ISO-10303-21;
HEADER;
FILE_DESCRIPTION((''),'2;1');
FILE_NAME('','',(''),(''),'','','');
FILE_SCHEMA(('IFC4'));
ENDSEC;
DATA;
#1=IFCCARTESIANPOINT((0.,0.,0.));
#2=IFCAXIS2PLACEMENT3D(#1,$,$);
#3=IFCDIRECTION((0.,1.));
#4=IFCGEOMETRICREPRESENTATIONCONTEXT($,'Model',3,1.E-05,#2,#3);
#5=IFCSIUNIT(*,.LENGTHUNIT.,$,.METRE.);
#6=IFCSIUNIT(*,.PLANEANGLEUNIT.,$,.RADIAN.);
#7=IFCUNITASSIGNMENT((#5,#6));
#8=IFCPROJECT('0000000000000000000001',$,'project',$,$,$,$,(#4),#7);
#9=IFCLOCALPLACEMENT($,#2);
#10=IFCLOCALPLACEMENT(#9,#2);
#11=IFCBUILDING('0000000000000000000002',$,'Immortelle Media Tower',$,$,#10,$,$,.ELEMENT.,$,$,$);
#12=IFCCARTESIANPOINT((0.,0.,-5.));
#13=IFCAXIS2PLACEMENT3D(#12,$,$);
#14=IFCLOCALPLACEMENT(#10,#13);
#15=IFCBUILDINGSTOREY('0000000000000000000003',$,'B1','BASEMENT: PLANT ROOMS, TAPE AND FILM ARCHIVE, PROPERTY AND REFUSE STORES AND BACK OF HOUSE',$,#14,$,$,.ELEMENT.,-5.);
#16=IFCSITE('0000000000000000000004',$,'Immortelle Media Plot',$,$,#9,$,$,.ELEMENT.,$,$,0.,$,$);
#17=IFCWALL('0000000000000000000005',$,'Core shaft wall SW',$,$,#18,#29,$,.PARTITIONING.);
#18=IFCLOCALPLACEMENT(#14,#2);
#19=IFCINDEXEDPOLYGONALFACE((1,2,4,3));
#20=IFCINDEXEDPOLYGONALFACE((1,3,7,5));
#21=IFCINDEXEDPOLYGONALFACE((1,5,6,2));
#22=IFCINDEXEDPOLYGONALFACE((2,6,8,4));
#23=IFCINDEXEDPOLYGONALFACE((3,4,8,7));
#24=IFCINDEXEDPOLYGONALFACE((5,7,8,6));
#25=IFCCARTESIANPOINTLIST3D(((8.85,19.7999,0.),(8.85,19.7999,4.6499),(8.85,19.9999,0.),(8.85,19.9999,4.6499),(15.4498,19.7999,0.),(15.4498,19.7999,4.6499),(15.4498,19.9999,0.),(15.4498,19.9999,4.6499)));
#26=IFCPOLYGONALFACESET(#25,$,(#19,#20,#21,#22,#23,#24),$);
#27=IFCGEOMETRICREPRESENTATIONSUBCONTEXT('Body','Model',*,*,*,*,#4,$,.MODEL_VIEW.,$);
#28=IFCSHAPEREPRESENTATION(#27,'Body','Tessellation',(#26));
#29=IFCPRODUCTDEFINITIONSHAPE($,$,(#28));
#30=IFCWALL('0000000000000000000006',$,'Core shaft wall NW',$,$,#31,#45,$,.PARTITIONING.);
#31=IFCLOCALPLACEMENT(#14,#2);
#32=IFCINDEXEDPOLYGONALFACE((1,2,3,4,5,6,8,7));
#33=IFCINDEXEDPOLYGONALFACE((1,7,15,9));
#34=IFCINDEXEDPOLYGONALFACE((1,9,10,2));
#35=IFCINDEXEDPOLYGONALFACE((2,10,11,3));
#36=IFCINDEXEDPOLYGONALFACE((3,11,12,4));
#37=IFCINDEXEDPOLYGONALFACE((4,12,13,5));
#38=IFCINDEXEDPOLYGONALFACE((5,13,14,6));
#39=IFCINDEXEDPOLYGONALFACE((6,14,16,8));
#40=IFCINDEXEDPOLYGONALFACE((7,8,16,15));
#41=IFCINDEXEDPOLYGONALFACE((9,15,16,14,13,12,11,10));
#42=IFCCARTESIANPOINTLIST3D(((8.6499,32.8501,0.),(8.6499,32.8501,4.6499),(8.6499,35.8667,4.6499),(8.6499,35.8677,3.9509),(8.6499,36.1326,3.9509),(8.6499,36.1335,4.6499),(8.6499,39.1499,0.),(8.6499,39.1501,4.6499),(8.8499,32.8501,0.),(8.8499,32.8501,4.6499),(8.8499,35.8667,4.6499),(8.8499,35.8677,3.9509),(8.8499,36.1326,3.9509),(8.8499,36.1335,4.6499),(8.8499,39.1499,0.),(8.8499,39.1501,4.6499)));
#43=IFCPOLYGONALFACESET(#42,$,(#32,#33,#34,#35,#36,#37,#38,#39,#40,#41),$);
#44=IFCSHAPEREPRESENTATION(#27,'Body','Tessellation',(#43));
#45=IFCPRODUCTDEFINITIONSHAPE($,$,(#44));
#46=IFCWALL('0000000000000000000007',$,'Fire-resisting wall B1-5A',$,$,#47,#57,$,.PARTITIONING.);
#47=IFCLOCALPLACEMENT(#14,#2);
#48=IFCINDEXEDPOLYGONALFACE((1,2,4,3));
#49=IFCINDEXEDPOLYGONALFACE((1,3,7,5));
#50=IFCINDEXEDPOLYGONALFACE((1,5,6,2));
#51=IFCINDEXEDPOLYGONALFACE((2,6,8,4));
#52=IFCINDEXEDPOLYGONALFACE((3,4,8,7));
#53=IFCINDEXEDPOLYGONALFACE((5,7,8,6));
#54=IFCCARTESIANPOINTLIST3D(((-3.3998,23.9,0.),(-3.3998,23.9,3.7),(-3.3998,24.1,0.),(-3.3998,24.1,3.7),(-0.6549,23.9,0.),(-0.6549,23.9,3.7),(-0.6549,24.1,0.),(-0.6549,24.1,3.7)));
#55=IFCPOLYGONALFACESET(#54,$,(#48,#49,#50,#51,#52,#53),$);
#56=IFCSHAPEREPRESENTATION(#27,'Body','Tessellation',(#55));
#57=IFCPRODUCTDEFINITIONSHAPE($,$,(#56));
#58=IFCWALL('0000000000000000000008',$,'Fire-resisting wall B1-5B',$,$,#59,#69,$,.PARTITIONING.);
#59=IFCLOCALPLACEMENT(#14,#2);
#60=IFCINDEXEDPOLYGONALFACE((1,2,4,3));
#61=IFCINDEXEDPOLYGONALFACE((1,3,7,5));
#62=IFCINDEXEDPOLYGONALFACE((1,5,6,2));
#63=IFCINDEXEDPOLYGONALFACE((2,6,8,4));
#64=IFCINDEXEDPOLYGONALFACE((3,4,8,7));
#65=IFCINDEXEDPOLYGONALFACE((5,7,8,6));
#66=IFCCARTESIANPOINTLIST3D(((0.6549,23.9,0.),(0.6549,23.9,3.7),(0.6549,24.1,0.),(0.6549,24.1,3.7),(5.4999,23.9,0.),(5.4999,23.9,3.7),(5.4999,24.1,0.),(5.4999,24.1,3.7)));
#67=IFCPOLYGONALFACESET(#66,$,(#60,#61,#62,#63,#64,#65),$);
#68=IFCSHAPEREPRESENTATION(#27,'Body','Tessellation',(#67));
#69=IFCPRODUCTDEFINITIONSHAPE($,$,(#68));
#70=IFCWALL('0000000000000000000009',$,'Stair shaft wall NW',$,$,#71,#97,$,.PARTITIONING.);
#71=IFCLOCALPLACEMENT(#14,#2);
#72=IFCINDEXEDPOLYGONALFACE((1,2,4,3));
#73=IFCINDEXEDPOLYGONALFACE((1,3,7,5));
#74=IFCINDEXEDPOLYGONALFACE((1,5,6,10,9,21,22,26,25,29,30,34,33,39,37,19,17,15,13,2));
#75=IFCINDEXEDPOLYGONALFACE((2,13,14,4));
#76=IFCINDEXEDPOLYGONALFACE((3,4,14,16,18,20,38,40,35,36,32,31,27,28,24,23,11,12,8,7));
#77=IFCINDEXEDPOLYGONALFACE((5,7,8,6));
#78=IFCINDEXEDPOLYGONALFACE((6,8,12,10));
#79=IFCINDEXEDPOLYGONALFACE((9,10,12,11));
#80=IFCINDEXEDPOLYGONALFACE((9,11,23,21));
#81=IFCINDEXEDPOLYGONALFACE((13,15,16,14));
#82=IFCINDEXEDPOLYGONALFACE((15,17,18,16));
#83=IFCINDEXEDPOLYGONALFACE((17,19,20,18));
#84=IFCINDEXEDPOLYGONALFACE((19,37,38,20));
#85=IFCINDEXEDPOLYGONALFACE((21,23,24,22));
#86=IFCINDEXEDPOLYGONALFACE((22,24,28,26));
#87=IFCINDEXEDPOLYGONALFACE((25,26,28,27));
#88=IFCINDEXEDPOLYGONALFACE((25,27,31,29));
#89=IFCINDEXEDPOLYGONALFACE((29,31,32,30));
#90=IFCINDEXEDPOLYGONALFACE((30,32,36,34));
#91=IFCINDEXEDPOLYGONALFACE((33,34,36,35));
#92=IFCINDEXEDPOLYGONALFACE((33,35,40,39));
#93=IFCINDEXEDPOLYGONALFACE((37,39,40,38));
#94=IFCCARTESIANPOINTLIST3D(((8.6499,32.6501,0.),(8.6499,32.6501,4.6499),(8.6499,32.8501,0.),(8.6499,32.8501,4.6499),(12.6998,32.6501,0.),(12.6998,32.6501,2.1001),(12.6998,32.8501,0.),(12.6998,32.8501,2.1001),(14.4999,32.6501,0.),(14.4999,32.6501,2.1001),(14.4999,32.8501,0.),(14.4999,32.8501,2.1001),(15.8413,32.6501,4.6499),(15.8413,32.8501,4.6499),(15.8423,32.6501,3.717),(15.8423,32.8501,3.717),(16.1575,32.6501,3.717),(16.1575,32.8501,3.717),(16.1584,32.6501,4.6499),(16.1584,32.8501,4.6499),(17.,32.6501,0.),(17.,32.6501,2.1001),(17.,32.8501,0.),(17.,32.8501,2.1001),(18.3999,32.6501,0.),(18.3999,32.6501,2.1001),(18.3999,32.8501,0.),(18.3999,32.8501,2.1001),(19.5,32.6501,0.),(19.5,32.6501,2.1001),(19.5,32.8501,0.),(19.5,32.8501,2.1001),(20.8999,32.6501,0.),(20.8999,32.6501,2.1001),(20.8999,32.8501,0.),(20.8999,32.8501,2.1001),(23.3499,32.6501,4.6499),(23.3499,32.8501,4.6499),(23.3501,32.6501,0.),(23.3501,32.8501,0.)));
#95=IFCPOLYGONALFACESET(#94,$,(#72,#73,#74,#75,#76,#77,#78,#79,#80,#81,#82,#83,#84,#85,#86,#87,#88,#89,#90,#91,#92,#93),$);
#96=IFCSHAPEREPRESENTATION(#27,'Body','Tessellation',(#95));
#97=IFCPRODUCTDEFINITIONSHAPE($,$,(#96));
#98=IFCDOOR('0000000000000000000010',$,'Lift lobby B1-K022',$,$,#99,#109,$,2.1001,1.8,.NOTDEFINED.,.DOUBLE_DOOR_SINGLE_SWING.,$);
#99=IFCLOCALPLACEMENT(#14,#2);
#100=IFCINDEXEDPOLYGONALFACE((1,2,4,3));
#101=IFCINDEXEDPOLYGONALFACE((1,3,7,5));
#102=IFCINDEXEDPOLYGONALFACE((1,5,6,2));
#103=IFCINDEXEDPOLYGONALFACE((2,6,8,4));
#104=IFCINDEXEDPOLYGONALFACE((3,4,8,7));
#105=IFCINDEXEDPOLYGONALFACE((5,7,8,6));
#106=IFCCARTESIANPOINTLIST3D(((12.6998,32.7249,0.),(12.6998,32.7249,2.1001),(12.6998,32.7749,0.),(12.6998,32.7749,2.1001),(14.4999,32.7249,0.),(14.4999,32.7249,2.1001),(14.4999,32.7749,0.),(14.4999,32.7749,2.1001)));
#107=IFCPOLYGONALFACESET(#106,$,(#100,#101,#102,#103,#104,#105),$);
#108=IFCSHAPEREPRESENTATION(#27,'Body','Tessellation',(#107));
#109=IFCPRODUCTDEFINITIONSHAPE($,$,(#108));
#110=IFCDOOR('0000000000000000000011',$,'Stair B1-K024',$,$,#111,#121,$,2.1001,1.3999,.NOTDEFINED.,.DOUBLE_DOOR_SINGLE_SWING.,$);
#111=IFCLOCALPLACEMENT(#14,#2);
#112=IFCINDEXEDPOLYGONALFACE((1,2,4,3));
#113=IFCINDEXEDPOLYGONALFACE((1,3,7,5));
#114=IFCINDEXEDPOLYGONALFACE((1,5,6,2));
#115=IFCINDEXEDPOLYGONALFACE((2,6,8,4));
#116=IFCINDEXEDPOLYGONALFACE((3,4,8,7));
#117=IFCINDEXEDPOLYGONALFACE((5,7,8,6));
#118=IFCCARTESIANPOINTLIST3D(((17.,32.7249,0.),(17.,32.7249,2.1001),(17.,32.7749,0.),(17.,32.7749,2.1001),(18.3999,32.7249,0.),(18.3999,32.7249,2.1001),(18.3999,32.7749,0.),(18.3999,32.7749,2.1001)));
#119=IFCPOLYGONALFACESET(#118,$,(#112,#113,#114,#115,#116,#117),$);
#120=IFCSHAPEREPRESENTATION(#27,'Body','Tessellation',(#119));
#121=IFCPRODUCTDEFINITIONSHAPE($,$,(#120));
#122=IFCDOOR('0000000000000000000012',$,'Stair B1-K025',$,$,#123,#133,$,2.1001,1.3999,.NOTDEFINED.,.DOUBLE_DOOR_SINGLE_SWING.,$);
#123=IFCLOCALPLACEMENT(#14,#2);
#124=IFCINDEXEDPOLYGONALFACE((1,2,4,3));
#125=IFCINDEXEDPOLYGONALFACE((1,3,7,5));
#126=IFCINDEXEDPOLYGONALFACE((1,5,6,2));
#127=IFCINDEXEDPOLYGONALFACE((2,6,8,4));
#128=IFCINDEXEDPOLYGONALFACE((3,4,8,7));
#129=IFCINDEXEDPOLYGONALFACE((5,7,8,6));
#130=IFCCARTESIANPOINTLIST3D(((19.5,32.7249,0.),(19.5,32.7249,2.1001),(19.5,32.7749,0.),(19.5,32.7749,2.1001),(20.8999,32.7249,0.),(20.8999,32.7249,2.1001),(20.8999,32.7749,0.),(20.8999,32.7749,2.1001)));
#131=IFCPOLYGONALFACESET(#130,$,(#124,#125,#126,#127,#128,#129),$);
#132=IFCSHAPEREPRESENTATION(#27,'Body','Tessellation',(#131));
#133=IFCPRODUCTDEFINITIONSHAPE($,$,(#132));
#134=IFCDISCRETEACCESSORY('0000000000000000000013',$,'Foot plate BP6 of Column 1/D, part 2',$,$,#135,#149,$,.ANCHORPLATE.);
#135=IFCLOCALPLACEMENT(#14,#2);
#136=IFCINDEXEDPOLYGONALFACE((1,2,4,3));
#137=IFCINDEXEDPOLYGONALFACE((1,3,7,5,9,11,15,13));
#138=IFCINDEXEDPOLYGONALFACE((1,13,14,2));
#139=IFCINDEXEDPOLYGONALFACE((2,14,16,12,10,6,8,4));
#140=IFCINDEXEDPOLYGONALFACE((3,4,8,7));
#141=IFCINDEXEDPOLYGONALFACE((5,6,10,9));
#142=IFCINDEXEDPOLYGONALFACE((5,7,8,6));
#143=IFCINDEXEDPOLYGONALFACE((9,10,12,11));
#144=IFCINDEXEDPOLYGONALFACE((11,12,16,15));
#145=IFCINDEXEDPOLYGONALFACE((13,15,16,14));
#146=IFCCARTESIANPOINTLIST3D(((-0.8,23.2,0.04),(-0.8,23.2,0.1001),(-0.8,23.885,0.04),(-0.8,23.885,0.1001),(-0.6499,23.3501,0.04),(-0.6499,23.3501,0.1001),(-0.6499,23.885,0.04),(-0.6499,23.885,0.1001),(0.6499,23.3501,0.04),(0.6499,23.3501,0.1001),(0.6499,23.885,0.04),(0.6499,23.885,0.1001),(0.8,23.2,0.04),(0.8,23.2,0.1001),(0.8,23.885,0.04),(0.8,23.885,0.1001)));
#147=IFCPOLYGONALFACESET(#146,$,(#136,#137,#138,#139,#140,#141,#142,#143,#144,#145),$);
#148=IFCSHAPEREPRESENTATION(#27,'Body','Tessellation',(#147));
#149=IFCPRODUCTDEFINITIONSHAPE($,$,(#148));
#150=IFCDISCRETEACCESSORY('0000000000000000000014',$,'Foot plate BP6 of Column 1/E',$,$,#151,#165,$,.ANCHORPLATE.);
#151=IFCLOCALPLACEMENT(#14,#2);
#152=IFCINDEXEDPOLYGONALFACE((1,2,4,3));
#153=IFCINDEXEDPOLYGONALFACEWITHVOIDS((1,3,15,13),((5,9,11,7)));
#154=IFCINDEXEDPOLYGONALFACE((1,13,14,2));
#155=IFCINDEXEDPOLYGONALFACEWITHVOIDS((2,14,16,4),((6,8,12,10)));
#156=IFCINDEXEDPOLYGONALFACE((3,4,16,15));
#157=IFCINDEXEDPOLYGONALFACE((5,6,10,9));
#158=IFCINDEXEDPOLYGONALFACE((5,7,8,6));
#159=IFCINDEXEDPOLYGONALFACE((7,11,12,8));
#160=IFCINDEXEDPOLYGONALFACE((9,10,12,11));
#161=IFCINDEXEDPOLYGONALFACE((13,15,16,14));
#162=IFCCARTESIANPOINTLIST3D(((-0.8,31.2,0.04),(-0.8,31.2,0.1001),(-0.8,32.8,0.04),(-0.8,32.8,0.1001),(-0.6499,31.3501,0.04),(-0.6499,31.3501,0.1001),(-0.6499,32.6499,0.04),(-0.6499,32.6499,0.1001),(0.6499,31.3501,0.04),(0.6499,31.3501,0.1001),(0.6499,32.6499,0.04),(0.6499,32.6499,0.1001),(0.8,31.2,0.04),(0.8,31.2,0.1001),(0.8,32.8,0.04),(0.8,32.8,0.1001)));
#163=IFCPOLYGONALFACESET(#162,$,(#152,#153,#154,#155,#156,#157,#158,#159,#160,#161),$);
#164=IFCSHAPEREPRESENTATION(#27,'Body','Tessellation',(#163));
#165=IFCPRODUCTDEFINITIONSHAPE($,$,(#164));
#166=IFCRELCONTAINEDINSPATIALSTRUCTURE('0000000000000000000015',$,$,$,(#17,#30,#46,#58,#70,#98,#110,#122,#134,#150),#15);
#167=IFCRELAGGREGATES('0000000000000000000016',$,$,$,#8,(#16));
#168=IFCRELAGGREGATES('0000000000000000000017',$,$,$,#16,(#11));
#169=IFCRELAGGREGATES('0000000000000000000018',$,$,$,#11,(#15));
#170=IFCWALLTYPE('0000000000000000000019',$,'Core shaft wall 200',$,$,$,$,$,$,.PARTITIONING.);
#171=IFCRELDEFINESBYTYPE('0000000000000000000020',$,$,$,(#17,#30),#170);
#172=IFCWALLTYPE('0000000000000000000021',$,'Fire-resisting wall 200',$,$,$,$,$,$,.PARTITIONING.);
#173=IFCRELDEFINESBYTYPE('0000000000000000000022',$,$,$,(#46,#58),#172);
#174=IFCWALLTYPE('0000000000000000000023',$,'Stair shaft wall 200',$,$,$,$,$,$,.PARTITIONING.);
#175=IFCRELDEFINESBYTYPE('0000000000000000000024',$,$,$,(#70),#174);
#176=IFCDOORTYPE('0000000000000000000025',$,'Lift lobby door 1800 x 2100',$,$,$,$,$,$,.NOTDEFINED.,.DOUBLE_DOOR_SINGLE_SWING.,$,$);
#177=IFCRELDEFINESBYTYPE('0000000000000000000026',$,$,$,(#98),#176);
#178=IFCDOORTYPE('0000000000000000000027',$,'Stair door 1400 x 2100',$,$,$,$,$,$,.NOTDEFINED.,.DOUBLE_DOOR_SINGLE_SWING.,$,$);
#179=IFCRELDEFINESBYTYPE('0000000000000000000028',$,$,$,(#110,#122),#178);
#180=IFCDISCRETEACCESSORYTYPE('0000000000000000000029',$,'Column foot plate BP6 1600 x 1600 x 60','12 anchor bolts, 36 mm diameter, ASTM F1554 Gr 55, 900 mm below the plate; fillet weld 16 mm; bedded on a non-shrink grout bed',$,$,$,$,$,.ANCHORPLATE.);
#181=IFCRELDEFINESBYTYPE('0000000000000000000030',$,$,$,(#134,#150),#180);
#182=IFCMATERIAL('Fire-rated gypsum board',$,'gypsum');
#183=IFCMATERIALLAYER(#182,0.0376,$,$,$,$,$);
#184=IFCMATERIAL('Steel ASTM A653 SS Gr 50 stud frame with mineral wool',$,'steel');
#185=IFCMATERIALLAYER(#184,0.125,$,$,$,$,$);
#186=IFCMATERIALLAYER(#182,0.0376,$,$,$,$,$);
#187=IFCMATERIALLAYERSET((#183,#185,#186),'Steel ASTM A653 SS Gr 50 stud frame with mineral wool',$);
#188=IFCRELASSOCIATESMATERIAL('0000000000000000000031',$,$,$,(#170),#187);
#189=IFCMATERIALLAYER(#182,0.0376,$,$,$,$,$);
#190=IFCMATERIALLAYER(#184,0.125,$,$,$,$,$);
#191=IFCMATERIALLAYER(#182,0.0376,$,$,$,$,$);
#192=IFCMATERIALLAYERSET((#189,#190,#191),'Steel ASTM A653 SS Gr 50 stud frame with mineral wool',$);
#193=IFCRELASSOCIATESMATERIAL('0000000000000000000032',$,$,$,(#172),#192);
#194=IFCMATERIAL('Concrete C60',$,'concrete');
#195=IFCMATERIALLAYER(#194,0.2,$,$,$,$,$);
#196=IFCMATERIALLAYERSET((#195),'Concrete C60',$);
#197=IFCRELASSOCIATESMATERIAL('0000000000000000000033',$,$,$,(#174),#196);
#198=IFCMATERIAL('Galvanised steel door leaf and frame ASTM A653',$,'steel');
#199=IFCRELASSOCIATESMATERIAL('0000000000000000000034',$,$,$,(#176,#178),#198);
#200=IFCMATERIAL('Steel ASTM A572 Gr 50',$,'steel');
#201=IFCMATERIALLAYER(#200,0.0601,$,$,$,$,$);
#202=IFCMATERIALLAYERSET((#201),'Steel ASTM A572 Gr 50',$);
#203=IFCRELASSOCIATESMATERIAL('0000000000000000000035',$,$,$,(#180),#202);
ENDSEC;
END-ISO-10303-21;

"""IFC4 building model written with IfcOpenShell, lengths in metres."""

from ifc_helpers import new_model, si_unit, direction, frame, frame_2d, origin, place, context, subcontext, project, spatial, polyline, rectangle, outline, extrude, material, layer, layer_set, type_object, element, fill, save


model = new_model("IFC4")

# Units and contexts
model_context = context("Model", 3, precision=1e-05, world=origin(), true_north=direction((0.0, 1.0)))
body_context = subcontext(model_context, "Body", "Model", "MODEL_VIEW")
ifc_project = project(units=[si_unit("LENGTHUNIT", "METRE"), si_unit("PLANEANGLEUNIT", "RADIAN")], contexts=[model_context])

# Site, building, storey
site_placement = place(None, origin())
site = spatial("IfcSite", under=ifc_project, at=site_placement, Name="Immortelle Media Plot", CompositionType="ELEMENT", RefElevation=0.0)
building_placement = place(site_placement, origin())
building = spatial("IfcBuilding", under=site, at=building_placement, Name="Immortelle Media Tower", CompositionType="ELEMENT")
storey_placement = place(building_placement, frame((0.0, 0.0, -5.0)))
storey = spatial("IfcBuildingStorey", under=building, at=storey_placement, Name="B1", Description="BASEMENT: PLANT ROOMS, TAPE AND FILM ARCHIVE, PROPERTY AND REFUSE STORES AND BACK OF HOUSE", CompositionType="ELEMENT", Elevation=-5.0)

# Shared definitions
ifc_material_1 = material(Name="Concrete C60", Category="concrete")

# Shared definitions
ifc_material_2 = material(Name="Steel ASTM A572 Gr 50", Category="steel")

# Walls
ifc_material_3 = material(Name="Fire-rated gypsum board", Category="gypsum")
ifc_layer_1 = layer(ifc_material_3, 0.0376)
ifc_material_4 = material(Name="Steel ASTM A653 SS Gr 50 stud frame with mineral wool", Category="steel")
ifc_layer_2 = layer(ifc_material_4, 0.125)
ifc_layer_3 = layer(ifc_material_3, 0.0376)
ifc_layer_set_1 = layer_set([ifc_layer_1, ifc_layer_2, ifc_layer_3], Name="Steel ASTM A653 SS Gr 50 stud frame with mineral wool")
wall_type_1 = type_object("IfcWallType", Name="Core shaft wall 200", PredefinedType="PARTITIONING", material=ifc_layer_set_1)
wall_1_placement = place(storey_placement, frame((8.8501, 19.8999, 0.0), z_axis=(0.0, 0.0, 1.0), x_axis=(1.0, 0.0, 0.0)))
element("IfcWall", 1, at=wall_1_placement, inside=storey, type_object=wall_type_1, Name="Core shaft wall SW", PredefinedType="PARTITIONING", context=body_context, shape_type="SweptSolid", body=[
    extrude(rectangle(XDim=6.5999, YDim=0.2, at=frame_2d((3.2998, 0.0))), origin(), (0.0, 0.0, 1.0), 4.6499),
])
wall_2_placement = place(storey_placement, frame((8.75, 32.8501, 0.0), z_axis=(0.0, 0.0, 1.0), x_axis=(0.0, 1.0, 0.0)))
element("IfcWall", 2, at=wall_2_placement, inside=storey, type_object=wall_type_1, Name="Core shaft wall NW", PredefinedType="PARTITIONING", context=body_context, shape_type="SweptSolid", body=[
    extrude(outline(polyline([(0.0, 0.0), (6.2998, 0.0), (6.3, 4.6499), (3.2834, 4.6499), (3.2825, 3.9509), (3.0176, 3.9509), (3.0166, 4.6499), (0.0, 4.6499), (0.0, 0.0)])), frame((0.0, 0.1001, 0.0), z_axis=(0.0, -1.0, 0.0), x_axis=(1.0, 0.0, 0.0)), (0.0, 0.0, 1.0), 0.2),
])
ifc_layer_4 = layer(ifc_material_3, 0.0376)
ifc_layer_5 = layer(ifc_material_4, 0.125)
ifc_layer_6 = layer(ifc_material_3, 0.0376)
ifc_layer_set_2 = layer_set([ifc_layer_4, ifc_layer_5, ifc_layer_6], Name="Steel ASTM A653 SS Gr 50 stud frame with mineral wool")
wall_type_2 = type_object("IfcWallType", Name="Fire-resisting wall 200", PredefinedType="PARTITIONING", material=ifc_layer_set_2)
wall_3_placement = place(storey_placement, frame((-3.3999, 24.0, 0.0), z_axis=(0.0, 0.0, 1.0), x_axis=(1.0, 0.0, 0.0)))
element("IfcWall", 3, at=wall_3_placement, inside=storey, type_object=wall_type_2, Name="Fire-resisting wall B1-5A", PredefinedType="PARTITIONING", context=body_context, shape_type="SweptSolid", body=[
    extrude(rectangle(XDim=2.7449, YDim=0.2, at=frame_2d((1.3726, 0.0))), origin(), (0.0, 0.0, 1.0), 3.7),
])
wall_4_placement = place(storey_placement, frame((0.655, 24.0, 0.0), z_axis=(0.0, 0.0, 1.0), x_axis=(1.0, 0.0, 0.0)))
element("IfcWall", 4, at=wall_4_placement, inside=storey, type_object=wall_type_2, Name="Fire-resisting wall B1-5B", PredefinedType="PARTITIONING", context=body_context, shape_type="SweptSolid", body=[
    extrude(rectangle(XDim=4.845, YDim=0.2, at=frame_2d((2.4224, 0.0))), origin(), (0.0, 0.0, 1.0), 3.7),
])

# Wall, openings, doors
ifc_layer_7 = layer(ifc_material_1, 0.2)
ifc_layer_set_3 = layer_set([ifc_layer_7], Name="Concrete C60")
wall_type_3 = type_object("IfcWallType", Name="Stair shaft wall 200", PredefinedType="PARTITIONING", material=ifc_layer_set_3)
wall_5_placement = place(storey_placement, frame((8.6499, 32.75, 0.0), z_axis=(0.0, 0.0, 1.0), x_axis=(1.0, 0.0, 0.0)))
wall_5 = element("IfcWall", 5, at=wall_5_placement, inside=storey, type_object=wall_type_3, Name="Stair shaft wall NW", PredefinedType="PARTITIONING", context=body_context, shape_type="SweptSolid", body=[
    extrude(outline(polyline([(0.0, 0.0), (14.7002, 0.0), (14.7, 4.6499), (7.5085, 4.6499), (7.5076, 3.717), (7.1924, 3.717), (7.1914, 4.6499), (0.0, 4.6499), (0.0, 0.0)])), frame((0.0, 0.1001, 0.0), z_axis=(0.0, -1.0, 0.0), x_axis=(1.0, 0.0, 0.0)), (0.0, 0.0, 1.0), 0.2),
])
opening_1_placement = place(wall_5_placement, frame((4.05, 0.0, 0.0)))
opening_1 = element("IfcOpeningElement", 6, at=opening_1_placement, cuts=wall_5, PredefinedType="OPENING", context=body_context, shape_type="SweptSolid", body=[
    extrude(rectangle(XDim=1.8, YDim=2.1001, at=frame_2d((0.8999, 1.05))), frame((0.0, 0.1099, 0.0), z_axis=(0.0, -1.0, 0.0), x_axis=(1.0, 0.0, 0.0)), (0.0, 0.0, 1.0), 0.22),
])
opening_2_placement = place(wall_5_placement, frame((8.3501, 0.0, 0.0)))
opening_2 = element("IfcOpeningElement", 7, at=opening_2_placement, cuts=wall_5, PredefinedType="OPENING", context=body_context, shape_type="SweptSolid", body=[
    extrude(rectangle(XDim=1.3999, YDim=2.1001, at=frame_2d((0.7, 1.05))), frame((0.0, 0.1099, 0.0), z_axis=(0.0, -1.0, 0.0), x_axis=(1.0, 0.0, 0.0)), (0.0, 0.0, 1.0), 0.22),
])
opening_3_placement = place(wall_5_placement, frame((10.8501, 0.0, 0.0)))
opening_3 = element("IfcOpeningElement", 8, at=opening_3_placement, cuts=wall_5, PredefinedType="OPENING", context=body_context, shape_type="SweptSolid", body=[
    extrude(rectangle(XDim=1.3999, YDim=2.1001, at=frame_2d((0.7, 1.05))), frame((0.0, 0.1099, 0.0), z_axis=(0.0, -1.0, 0.0), x_axis=(1.0, 0.0, 0.0)), (0.0, 0.0, 1.0), 0.22),
])
ifc_material_5 = material(Name="Galvanised steel door leaf and frame ASTM A653", Category="steel")
door_type_1 = type_object("IfcDoorType", Name="Lift lobby door 1800 x 2100", OperationType="DOUBLE_DOOR_SINGLE_SWING", PredefinedType="NOTDEFINED", material=ifc_material_5)
door_1_placement = place(opening_1_placement, origin())
door_1 = element("IfcDoor", 9, at=door_1_placement, inside=storey, type_object=door_type_1, Name="Lift lobby B1-K022", OperationType="DOUBLE_DOOR_SINGLE_SWING", OverallHeight=2.1001, OverallWidth=1.8, PredefinedType="NOTDEFINED", context=body_context, shape_type="SweptSolid", body=[
    extrude(rectangle(XDim=1.8, YDim=2.1001, at=frame_2d((0.8999, 1.05))), frame((0.0, 0.0249, 0.0), z_axis=(0.0, -1.0, 0.0), x_axis=(1.0, 0.0, 0.0)), (0.0, 0.0, 1.0), 0.05),
])
fill(opening_1, door_1)
door_type_2 = type_object("IfcDoorType", Name="Stair door 1400 x 2100", OperationType="DOUBLE_DOOR_SINGLE_SWING", PredefinedType="NOTDEFINED", material=ifc_material_5)
door_2_placement = place(opening_2_placement, origin())
door_2 = element("IfcDoor", 10, at=door_2_placement, inside=storey, type_object=door_type_2, Name="Stair B1-K024", OperationType="DOUBLE_DOOR_SINGLE_SWING", OverallHeight=2.1001, OverallWidth=1.3999, PredefinedType="NOTDEFINED", context=body_context, shape_type="SweptSolid", body=[
    extrude(rectangle(XDim=1.3999, YDim=2.1001, at=frame_2d((0.7, 1.05))), frame((0.0, 0.0249, 0.0), z_axis=(0.0, -1.0, 0.0), x_axis=(1.0, 0.0, 0.0)), (0.0, 0.0, 1.0), 0.05),
])
fill(opening_2, door_2)
door_3_placement = place(opening_3_placement, origin())
door_3 = element("IfcDoor", 11, at=door_3_placement, inside=storey, type_object=door_type_2, Name="Stair B1-K025", OperationType="DOUBLE_DOOR_SINGLE_SWING", OverallHeight=2.1001, OverallWidth=1.3999, PredefinedType="NOTDEFINED", context=body_context, shape_type="SweptSolid", body=[
    extrude(rectangle(XDim=1.3999, YDim=2.1001, at=frame_2d((0.7, 1.05))), frame((0.0, 0.0249, 0.0), z_axis=(0.0, -1.0, 0.0), x_axis=(1.0, 0.0, 0.0)), (0.0, 0.0, 1.0), 0.05),
])
fill(opening_3, door_3)

# Discrete accessories
ifc_layer_8 = layer(ifc_material_2, 0.0601)
ifc_layer_set_4 = layer_set([ifc_layer_8], Name="Steel ASTM A572 Gr 50")
discrete_accessory_type = type_object("IfcDiscreteAccessoryType", Name="Column foot plate BP6 1600 x 1600 x 60", Description="12 anchor bolts, 36 mm diameter, ASTM F1554 Gr 55, 900 mm below the plate; fillet weld 16 mm; bedded on a non-shrink grout bed", PredefinedType="ANCHORPLATE", material=ifc_layer_set_4)
discrete_accessory_1_placement = place(storey_placement, frame((0.0, 24.0, 0.04), z_axis=(0.0, 0.0, 1.0), x_axis=(1.0, 0.0, 0.0)))
element("IfcDiscreteAccessory", 12, at=discrete_accessory_1_placement, inside=storey, type_object=discrete_accessory_type, Name="Foot plate BP6 of Column 1/D, part 2", PredefinedType="ANCHORPLATE", context=body_context, shape_type="SweptSolid", body=[
    extrude(outline(polyline([(-0.8, -0.8), (0.8, -0.8), (0.8, -0.115), (0.6499, -0.115), (0.6499, -0.6499), (-0.6499, -0.6499), (-0.6499, -0.115), (-0.8, -0.115), (-0.8, -0.8)])), origin(), (0.0, 0.0, 1.0), 0.0601),
])
discrete_accessory_2_placement = place(storey_placement, frame((0.0, 32.0, 0.04), z_axis=(0.0, 0.0, 1.0), x_axis=(1.0, 0.0, 0.0)))
element("IfcDiscreteAccessory", 13, at=discrete_accessory_2_placement, inside=storey, type_object=discrete_accessory_type, Name="Foot plate BP6 of Column 1/E", PredefinedType="ANCHORPLATE", context=body_context, shape_type="SweptSolid", body=[
    extrude(outline(polyline([(-0.8, -0.8), (0.8, -0.8), (0.8, 0.8), (-0.8, 0.8), (-0.8, -0.8)]), holes=[polyline([(0.6499, 0.6499), (0.6499, -0.6499), (-0.6499, -0.6499), (-0.6499, 0.6499), (0.6499, 0.6499)])]), origin(), (0.0, 0.0, 1.0), 0.0601),
])

save(model, "model.ifc")
